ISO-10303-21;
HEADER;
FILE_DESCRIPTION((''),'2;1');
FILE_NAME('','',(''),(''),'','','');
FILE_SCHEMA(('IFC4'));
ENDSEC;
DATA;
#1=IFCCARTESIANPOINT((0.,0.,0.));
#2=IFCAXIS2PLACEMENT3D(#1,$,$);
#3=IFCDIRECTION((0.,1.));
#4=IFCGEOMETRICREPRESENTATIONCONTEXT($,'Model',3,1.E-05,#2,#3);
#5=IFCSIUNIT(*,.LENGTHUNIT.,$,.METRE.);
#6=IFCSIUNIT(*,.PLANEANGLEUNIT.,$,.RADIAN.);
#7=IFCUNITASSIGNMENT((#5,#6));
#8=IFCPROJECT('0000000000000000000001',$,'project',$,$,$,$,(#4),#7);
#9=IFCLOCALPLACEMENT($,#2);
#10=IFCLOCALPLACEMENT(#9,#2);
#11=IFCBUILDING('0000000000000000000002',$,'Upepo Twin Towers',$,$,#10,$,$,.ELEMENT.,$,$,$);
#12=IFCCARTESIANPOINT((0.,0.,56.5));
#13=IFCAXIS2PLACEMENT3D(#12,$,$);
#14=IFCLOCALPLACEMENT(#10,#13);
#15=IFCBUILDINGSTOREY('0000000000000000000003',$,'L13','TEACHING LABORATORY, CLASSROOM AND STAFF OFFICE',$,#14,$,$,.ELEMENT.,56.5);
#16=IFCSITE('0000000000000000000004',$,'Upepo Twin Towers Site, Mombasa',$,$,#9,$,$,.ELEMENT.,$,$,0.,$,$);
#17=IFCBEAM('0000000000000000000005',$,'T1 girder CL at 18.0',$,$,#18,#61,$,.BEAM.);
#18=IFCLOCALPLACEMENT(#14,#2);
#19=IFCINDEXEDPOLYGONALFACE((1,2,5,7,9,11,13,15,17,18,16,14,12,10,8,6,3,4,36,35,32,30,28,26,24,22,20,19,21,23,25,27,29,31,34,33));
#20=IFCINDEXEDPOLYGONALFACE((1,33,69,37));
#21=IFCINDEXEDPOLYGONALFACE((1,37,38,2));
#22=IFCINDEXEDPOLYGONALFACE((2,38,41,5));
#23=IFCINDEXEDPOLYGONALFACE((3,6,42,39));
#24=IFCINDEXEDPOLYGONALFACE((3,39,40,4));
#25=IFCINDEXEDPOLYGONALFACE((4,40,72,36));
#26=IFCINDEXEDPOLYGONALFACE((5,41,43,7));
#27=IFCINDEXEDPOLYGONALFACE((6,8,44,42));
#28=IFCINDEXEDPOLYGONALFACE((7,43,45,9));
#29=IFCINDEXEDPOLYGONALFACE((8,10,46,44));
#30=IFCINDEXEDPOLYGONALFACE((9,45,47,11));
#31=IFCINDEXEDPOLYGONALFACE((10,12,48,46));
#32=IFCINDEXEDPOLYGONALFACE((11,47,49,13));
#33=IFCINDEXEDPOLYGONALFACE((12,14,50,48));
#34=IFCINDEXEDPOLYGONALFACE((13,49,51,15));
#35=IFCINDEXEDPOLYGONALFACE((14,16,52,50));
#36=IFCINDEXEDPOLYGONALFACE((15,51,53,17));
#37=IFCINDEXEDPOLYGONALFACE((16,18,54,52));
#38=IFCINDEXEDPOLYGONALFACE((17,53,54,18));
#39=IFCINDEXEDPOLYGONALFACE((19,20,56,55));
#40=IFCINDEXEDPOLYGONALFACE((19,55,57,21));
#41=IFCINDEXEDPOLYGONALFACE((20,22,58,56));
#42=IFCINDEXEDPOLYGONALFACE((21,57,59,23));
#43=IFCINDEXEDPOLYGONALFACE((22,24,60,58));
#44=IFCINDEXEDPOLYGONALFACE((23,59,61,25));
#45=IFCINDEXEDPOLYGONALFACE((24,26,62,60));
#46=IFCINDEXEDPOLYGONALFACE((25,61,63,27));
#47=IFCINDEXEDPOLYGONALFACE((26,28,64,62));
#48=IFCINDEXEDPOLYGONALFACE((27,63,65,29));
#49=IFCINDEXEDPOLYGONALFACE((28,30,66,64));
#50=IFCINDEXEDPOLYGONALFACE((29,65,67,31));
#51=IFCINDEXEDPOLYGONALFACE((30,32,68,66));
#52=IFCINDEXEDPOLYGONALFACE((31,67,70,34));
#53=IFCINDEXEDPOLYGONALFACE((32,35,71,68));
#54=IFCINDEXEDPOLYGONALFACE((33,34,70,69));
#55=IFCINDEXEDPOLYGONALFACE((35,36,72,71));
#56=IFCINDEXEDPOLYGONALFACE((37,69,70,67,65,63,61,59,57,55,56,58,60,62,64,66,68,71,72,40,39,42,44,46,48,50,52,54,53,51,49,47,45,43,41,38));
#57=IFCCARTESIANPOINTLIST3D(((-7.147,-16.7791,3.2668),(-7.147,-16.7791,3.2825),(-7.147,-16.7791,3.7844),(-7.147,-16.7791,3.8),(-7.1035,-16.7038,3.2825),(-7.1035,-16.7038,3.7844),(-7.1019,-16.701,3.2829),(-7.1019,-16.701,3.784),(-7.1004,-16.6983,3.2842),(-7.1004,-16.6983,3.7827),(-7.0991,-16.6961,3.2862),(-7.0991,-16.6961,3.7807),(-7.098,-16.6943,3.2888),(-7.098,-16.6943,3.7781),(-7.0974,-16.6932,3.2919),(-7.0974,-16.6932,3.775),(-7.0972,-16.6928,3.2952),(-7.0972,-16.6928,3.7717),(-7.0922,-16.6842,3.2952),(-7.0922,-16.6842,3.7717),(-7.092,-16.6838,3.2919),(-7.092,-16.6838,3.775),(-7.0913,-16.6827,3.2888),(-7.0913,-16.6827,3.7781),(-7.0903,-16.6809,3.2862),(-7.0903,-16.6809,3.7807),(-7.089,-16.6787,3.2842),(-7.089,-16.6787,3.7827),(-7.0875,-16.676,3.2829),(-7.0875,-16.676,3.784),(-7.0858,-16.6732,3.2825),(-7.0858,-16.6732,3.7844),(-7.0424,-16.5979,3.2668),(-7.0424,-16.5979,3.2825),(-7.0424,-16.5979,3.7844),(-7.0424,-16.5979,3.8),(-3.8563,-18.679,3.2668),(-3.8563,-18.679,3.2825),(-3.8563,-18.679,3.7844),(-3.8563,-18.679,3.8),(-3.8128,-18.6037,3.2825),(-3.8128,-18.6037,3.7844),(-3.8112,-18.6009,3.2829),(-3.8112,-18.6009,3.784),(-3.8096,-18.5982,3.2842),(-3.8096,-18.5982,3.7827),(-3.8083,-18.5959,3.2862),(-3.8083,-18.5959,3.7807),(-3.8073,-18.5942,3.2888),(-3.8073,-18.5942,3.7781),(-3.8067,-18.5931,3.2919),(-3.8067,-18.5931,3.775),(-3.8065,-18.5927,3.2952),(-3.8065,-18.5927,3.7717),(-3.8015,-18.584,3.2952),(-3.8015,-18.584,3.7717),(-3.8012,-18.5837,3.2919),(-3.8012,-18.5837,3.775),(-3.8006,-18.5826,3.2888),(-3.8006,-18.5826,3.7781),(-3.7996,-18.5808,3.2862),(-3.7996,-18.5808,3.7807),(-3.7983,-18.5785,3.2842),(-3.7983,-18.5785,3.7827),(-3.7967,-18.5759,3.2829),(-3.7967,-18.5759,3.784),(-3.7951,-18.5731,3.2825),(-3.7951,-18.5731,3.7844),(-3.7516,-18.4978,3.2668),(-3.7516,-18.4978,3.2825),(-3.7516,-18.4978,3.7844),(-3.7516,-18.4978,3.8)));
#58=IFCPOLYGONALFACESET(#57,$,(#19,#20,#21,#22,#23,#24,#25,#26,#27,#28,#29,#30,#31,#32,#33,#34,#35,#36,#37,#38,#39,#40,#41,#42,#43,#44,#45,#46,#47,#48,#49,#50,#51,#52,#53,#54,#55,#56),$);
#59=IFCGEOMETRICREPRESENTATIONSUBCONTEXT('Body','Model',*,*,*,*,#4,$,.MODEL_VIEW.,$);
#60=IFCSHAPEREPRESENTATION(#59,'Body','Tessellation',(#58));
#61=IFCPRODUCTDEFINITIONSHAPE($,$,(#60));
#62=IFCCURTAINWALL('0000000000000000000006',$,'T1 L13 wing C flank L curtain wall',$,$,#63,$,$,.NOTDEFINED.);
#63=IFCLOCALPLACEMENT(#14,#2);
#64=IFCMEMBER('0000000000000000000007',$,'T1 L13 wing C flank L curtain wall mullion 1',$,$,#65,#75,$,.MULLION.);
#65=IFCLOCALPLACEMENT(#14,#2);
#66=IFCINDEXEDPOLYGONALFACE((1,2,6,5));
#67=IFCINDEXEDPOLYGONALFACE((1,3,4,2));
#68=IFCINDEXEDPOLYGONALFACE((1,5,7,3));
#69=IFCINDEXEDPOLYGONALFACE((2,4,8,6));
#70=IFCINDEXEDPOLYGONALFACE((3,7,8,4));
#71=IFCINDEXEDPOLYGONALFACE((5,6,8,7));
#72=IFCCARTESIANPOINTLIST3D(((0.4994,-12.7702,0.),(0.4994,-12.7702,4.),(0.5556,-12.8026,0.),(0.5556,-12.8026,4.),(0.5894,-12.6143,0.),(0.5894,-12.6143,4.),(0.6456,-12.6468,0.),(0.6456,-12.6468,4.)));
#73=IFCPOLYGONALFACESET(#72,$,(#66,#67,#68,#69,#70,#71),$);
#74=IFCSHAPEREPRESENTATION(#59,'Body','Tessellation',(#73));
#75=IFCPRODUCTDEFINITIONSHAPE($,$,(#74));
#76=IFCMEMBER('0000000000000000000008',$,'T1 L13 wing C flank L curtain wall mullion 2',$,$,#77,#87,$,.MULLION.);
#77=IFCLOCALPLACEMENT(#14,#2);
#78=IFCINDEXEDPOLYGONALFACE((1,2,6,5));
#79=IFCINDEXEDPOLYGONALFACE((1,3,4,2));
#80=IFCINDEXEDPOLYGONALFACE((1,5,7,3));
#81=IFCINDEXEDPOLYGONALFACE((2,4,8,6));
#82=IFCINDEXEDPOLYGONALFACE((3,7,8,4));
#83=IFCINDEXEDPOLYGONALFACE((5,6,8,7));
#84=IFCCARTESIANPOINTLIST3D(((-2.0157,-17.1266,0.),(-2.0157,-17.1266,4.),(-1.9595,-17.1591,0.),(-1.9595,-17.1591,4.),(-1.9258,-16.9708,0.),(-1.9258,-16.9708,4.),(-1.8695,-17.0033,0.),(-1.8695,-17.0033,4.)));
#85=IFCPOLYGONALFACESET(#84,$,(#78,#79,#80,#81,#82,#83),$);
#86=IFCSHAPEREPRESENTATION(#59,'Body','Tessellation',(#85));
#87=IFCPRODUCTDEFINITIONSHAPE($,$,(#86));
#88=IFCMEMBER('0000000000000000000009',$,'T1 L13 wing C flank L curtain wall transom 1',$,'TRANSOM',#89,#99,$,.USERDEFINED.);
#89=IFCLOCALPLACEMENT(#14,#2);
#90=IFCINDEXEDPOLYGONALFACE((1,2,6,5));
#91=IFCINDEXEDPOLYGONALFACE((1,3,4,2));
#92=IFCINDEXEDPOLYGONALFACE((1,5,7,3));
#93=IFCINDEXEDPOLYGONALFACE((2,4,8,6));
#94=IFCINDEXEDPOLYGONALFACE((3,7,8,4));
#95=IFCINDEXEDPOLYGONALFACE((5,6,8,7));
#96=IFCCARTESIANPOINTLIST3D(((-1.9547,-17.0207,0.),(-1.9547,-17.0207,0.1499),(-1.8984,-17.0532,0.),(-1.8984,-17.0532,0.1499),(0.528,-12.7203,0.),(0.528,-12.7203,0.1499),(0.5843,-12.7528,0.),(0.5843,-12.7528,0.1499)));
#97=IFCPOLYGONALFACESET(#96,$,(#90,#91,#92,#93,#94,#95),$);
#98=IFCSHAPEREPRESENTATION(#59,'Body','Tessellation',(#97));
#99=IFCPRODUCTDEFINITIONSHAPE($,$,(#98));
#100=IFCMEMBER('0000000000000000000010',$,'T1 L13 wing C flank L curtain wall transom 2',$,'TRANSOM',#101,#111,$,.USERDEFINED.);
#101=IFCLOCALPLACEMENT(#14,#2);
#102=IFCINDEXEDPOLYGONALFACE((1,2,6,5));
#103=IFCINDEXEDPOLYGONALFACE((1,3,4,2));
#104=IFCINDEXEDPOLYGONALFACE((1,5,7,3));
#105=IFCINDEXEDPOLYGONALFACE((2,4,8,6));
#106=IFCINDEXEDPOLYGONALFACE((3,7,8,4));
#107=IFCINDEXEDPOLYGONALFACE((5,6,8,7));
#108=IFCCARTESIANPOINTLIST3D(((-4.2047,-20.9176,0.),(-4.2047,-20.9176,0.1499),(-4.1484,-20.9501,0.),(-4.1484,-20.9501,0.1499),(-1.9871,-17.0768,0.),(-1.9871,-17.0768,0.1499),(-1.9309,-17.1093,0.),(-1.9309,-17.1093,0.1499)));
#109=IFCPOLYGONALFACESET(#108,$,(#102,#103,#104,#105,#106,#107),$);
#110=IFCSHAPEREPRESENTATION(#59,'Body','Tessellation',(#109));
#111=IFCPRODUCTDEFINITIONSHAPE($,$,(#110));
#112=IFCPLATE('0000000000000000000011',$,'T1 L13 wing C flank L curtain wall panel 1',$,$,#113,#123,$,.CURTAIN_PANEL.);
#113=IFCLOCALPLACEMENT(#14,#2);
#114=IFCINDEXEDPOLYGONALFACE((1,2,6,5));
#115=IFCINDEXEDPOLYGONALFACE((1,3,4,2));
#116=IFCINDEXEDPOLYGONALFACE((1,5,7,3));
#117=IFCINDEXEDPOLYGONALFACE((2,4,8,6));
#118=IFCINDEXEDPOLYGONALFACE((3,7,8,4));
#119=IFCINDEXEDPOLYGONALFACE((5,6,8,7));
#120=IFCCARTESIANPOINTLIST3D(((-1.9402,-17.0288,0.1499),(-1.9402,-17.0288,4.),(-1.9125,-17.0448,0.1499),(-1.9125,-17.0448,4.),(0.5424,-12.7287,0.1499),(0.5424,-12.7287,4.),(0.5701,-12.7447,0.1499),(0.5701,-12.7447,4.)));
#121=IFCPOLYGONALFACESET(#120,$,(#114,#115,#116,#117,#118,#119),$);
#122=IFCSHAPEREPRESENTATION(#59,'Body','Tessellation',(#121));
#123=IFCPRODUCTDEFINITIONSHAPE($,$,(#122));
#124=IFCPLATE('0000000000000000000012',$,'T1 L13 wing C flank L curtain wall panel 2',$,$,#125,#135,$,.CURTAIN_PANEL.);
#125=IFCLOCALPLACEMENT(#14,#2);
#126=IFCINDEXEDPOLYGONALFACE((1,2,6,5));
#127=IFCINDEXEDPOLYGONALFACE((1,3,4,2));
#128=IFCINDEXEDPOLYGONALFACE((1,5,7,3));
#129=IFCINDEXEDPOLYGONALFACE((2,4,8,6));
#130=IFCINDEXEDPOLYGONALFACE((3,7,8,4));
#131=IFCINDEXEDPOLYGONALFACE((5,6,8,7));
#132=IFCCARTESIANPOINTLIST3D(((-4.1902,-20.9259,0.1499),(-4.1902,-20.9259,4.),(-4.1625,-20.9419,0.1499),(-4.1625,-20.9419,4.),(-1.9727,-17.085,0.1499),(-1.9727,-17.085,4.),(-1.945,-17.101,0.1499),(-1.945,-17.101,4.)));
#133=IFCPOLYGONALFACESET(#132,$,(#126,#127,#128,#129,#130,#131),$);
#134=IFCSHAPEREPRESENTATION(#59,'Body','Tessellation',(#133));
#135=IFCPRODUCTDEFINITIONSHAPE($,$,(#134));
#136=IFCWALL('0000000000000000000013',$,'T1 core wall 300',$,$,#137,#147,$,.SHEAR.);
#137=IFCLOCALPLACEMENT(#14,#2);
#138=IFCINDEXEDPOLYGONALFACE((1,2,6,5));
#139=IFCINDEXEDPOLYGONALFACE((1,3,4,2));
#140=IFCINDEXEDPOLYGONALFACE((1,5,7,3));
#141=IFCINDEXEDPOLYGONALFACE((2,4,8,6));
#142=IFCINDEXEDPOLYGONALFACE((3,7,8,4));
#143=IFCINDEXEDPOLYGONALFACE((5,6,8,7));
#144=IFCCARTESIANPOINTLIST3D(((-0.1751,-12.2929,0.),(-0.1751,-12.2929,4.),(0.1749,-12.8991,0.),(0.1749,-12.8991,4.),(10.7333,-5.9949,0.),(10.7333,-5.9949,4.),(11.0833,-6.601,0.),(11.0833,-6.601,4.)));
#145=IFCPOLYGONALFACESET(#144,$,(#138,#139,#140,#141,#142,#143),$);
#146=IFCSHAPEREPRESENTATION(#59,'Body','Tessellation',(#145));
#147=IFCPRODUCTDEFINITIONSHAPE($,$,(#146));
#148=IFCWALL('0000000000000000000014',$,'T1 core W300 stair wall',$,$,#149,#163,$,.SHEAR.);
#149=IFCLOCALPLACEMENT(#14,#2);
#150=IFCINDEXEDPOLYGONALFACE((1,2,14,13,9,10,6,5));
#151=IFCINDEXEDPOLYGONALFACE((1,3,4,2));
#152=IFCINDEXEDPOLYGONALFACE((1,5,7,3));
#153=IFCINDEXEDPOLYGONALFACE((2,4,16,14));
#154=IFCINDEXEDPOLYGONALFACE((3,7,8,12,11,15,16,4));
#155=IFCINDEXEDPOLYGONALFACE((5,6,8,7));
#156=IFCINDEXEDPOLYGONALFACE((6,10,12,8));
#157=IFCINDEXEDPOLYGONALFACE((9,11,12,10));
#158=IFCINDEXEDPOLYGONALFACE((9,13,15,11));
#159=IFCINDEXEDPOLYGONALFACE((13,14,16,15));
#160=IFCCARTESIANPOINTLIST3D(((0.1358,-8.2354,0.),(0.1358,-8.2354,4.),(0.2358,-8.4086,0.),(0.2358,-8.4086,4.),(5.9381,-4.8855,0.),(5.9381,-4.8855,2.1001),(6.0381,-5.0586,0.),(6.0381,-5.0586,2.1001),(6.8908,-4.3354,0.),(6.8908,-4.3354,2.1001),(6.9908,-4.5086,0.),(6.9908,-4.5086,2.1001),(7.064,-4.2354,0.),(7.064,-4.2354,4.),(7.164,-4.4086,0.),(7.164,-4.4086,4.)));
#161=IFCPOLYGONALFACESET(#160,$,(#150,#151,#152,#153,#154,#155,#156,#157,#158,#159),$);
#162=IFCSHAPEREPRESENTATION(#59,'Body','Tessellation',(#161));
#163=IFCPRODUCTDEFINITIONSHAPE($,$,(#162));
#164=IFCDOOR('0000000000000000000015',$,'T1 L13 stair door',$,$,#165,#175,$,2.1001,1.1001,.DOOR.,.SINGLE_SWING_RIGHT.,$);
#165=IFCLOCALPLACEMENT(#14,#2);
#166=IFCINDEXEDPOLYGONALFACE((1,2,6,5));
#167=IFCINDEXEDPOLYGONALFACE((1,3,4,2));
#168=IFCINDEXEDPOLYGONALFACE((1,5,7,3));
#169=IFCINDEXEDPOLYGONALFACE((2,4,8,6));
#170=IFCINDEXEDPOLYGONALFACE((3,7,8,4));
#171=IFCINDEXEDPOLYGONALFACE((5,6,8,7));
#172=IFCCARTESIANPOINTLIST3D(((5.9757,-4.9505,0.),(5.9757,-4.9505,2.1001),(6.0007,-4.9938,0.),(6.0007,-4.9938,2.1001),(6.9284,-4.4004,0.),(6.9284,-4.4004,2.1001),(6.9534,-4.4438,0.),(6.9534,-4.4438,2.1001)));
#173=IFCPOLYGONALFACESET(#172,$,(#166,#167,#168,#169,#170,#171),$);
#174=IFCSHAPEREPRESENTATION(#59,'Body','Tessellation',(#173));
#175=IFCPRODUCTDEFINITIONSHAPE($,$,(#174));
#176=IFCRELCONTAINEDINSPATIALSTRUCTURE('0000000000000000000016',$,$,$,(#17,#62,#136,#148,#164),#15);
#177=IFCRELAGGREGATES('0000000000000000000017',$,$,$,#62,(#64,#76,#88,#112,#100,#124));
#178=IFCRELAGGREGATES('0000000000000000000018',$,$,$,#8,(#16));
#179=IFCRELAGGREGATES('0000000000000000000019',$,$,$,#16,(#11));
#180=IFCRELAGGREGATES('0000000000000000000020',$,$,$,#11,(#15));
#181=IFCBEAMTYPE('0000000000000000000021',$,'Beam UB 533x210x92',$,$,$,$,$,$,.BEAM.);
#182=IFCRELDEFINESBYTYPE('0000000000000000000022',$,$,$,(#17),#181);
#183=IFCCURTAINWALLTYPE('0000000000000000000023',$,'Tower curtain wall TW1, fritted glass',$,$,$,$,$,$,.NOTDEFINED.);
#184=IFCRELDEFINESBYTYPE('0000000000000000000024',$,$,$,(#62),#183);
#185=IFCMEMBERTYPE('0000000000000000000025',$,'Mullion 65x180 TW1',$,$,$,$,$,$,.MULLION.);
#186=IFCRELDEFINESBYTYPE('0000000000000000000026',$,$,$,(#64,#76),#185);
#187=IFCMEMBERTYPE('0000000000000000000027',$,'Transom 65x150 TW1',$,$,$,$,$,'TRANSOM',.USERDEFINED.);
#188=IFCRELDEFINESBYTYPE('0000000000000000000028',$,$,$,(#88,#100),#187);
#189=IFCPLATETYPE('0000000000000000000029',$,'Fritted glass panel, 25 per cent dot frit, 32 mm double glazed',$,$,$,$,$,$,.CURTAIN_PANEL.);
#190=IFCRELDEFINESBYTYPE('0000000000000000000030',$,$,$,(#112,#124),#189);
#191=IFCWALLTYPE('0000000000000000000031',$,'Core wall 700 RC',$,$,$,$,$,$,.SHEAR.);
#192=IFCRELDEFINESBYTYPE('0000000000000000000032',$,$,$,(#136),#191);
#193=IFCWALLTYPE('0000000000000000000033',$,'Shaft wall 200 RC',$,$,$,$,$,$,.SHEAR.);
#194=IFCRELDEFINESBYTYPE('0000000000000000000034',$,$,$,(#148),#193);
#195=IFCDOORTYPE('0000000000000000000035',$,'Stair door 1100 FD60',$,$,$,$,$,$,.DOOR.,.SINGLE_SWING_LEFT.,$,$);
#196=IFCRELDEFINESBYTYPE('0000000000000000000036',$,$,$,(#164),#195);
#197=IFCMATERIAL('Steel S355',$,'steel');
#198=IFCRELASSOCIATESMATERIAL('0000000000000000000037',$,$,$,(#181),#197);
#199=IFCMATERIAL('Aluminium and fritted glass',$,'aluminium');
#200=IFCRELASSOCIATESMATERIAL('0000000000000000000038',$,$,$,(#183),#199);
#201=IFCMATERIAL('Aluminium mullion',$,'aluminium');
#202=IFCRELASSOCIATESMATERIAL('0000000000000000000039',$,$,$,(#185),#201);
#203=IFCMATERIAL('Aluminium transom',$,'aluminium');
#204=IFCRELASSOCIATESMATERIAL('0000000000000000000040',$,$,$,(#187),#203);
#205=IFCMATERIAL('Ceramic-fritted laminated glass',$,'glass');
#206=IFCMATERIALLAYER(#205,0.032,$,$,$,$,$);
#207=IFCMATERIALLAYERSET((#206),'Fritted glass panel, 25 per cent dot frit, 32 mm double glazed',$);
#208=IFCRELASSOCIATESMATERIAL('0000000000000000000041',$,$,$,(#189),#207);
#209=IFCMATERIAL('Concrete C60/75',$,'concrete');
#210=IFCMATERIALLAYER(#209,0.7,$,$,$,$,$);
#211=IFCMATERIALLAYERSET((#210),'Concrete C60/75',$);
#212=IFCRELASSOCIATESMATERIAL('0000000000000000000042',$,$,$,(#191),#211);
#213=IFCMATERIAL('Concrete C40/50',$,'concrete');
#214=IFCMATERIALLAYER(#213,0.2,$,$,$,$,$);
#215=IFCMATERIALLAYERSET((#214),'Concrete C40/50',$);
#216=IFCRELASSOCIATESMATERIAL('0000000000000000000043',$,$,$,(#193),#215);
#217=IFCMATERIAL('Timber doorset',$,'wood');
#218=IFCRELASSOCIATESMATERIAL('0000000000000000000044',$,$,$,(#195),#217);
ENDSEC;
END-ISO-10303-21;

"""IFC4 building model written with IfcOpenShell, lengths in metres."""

from ifc_helpers import new_model, si_unit, direction, frame, frame_2d, origin, origin_2d, place, context, subcontext, project, spatial, rectangle, i_section, extrude, material, layer, layer_set, material_profile, profile_set, type_object, element, fill, aggregate, save


model = new_model("IFC4")

# Units and contexts
model_context = context("Model", 3, precision=1e-05, world=origin(), true_north=direction((0.0, 1.0)))
body_context = subcontext(model_context, "Body", "Model", "MODEL_VIEW")
ifc_project = project(units=[si_unit("LENGTHUNIT", "METRE"), si_unit("PLANEANGLEUNIT", "RADIAN")], contexts=[model_context])

# Site, building, storey
site_placement = place(None, origin())
site = spatial("IfcSite", under=ifc_project, at=site_placement, Name="Upepo Twin Towers Site, Mombasa", CompositionType="ELEMENT", RefElevation=0.0)
building_placement = place(site_placement, origin())
building = spatial("IfcBuilding", under=site, at=building_placement, Name="Upepo Twin Towers", CompositionType="ELEMENT")
storey_placement = place(building_placement, frame((0.0, 0.0, 56.5)))
storey = spatial("IfcBuildingStorey", under=building, at=storey_placement, Name="L13", Description="TEACHING LABORATORY, CLASSROOM AND STAFF OFFICE", CompositionType="ELEMENT", Elevation=56.5)

# Beam
ifc_material_1 = material(Name="Steel S355", Category="steel")
ifc_material_profile_1 = material_profile(ifc_material_1, i_section(OverallWidth=0.2092, OverallDepth=0.5332, WebThickness=0.01, FlangeThickness=0.0156, FilletRadius=0.0127, at=origin_2d()), Name="UB 533x210x92")
ifc_profile_set_1 = profile_set([ifc_material_profile_1], Name="Steel S355")
beam_type_1 = type_object("IfcBeamType", Name="Beam UB 533x210x92", PredefinedType="BEAM", material=ifc_profile_set_1)
beam_1_placement = place(storey_placement, frame((-3.804, -18.5884, 3.5334), z_axis=(-0.866028, 0.499995, 0.0), x_axis=(-0.499995, -0.866028, 0.0)))
element("IfcBeam", 1, at=beam_1_placement, inside=storey, type_object=beam_type_1, Name="T1 girder CL at 18.0", PredefinedType="BEAM", context=body_context, shape_type="SweptSolid", body=[
    extrude(i_section(OverallWidth=0.2092, OverallDepth=0.5332, WebThickness=0.01, FlangeThickness=0.0156, FilletRadius=0.0127, at=origin_2d()), origin(), (0.0, 0.0, 1.0), 3.7998),
])

# Curtain wall, members, plates
ifc_material_2 = material(Name="Aluminium and fritted glass", Category="aluminium")
curtain_wall_type = type_object("IfcCurtainWallType", Name="Tower curtain wall TW1, fritted glass", PredefinedType="NOTDEFINED", material=ifc_material_2)
curtain_wall_placement = place(storey_placement, origin())
curtain_wall = element("IfcCurtainWall", 2, at=curtain_wall_placement, inside=storey, type_object=curtain_wall_type, Name="T1 L13 wing C flank L curtain wall", PredefinedType="NOTDEFINED")
ifc_material_3 = material(Name="Aluminium mullion", Category="aluminium")
ifc_material_profile_2 = material_profile(ifc_material_3, rectangle(XDim=0.0649, YDim=0.1799, at=origin_2d()), Name="MULLION 65x180")
ifc_profile_set_2 = profile_set([ifc_material_profile_2], Name="Aluminium mullion")
member_type_1 = type_object("IfcMemberType", Name="Mullion 65x180 TW1", PredefinedType="MULLION", material=ifc_profile_set_2)
member_1_placement = place(storey_placement, frame((0.5725, -12.7085, 0.0), z_axis=(0.0, 0.0, 1.0), x_axis=(0.866025, -0.5, 0.0)))
member_1 = element("IfcMember", 3, at=member_1_placement, type_object=member_type_1, Name="T1 L13 wing C flank L curtain wall mullion 1", PredefinedType="MULLION", context=body_context, shape_type="SweptSolid", body=[
    extrude(rectangle(XDim=0.0649, YDim=0.1799, at=origin_2d()), origin(), (0.0, 0.0, 1.0), 4.0),
])
member_2_placement = place(storey_placement, frame((-1.9426, -17.0649, 0.0), z_axis=(0.0, 0.0, 1.0), x_axis=(0.866025, -0.5, 0.0)))
member_2 = element("IfcMember", 4, at=member_2_placement, type_object=member_type_1, Name="T1 L13 wing C flank L curtain wall mullion 2", PredefinedType="MULLION", context=body_context, shape_type="SweptSolid", body=[
    extrude(rectangle(XDim=0.0649, YDim=0.1799, at=origin_2d()), origin(), (0.0, 0.0, 1.0), 4.0),
])
ifc_material_4 = material(Name="Aluminium transom", Category="aluminium")
ifc_material_profile_3 = material_profile(ifc_material_4, rectangle(XDim=0.0649, YDim=0.1499, at=origin_2d()), Name="TRANSOM 65x150")
ifc_profile_set_3 = profile_set([ifc_material_profile_3], Name="Aluminium transom")
member_type_2 = type_object("IfcMemberType", Name="Transom 65x150 TW1", ElementType="TRANSOM", PredefinedType="USERDEFINED", material=ifc_profile_set_3)
member_3_placement = place(storey_placement, frame((0.5562, -12.7366, 0.075), z_axis=(-0.499983, -0.866035, 0.0), x_axis=(0.866035, -0.499983, 0.0)))
member_3 = element("IfcMember", 5, at=member_3_placement, type_object=member_type_2, Name="T1 L13 wing C flank L curtain wall transom 1", ObjectType="TRANSOM", PredefinedType="USERDEFINED", context=body_context, shape_type="SweptSolid", body=[
    extrude(rectangle(XDim=0.0649, YDim=0.1499, at=origin_2d()), origin(), (0.0, 0.0, 1.0), 4.9656),
])
member_4_placement = place(storey_placement, frame((-1.959, -17.093, 0.075), z_axis=(-0.500005, -0.866022, 0.0), x_axis=(0.866022, -0.500005, 0.0)))
member_4 = element("IfcMember", 6, at=member_4_placement, type_object=member_type_2, Name="T1 L13 wing C flank L curtain wall transom 2", ObjectType="TRANSOM", PredefinedType="USERDEFINED", context=body_context, shape_type="SweptSolid", body=[
    extrude(rectangle(XDim=0.0649, YDim=0.1499, at=origin_2d()), origin(), (0.0, 0.0, 1.0), 4.4351),
])
ifc_material_5 = material(Name="Ceramic-fritted laminated glass", Category="glass")
ifc_layer_1 = layer(ifc_material_5, 0.032)
ifc_layer_set_1 = layer_set([ifc_layer_1], Name="Fritted glass panel, 25 per cent dot frit, 32 mm double glazed")
plate_type = type_object("IfcPlateType", Name="Fritted glass panel, 25 per cent dot frit, 32 mm double glazed", PredefinedType="CURTAIN_PANEL", material=ifc_layer_set_1)
plate_1_placement = place(storey_placement, frame((-0.6851, -14.8867, 0.1499), z_axis=(0.0, 0.0, 1.0), x_axis=(-0.5, -0.866025, 0.0)))
plate_1 = element("IfcPlate", 7, at=plate_1_placement, type_object=plate_type, Name="T1 L13 wing C flank L curtain wall panel 1", PredefinedType="CURTAIN_PANEL", context=body_context, shape_type="SweptSolid", body=[
    extrude(rectangle(XDim=4.9653, YDim=0.032, at=origin_2d()), origin(), (0.0, 0.0, 1.0), 3.8501),
])
plate_2_placement = place(storey_placement, frame((-3.0676, -19.0134, 0.1499), z_axis=(0.0, 0.0, 1.0), x_axis=(-0.5, -0.866025, 0.0)))
plate_2 = element("IfcPlate", 8, at=plate_2_placement, type_object=plate_type, Name="T1 L13 wing C flank L curtain wall panel 2", PredefinedType="CURTAIN_PANEL", context=body_context, shape_type="SweptSolid", body=[
    extrude(rectangle(XDim=4.4351, YDim=0.032, at=origin_2d()), origin(), (0.0, 0.0, 1.0), 3.8501),
])
aggregate(curtain_wall, [member_1, member_2, member_3, plate_1, member_4, plate_2])

# Wall
ifc_material_6 = material(Name="Concrete C60/75", Category="concrete")
ifc_layer_2 = layer(ifc_material_6, 0.7)
ifc_layer_set_2 = layer_set([ifc_layer_2], Name="Concrete C60/75")
wall_type_1 = type_object("IfcWallType", Name="Core wall 700 RC", PredefinedType="SHEAR", material=ifc_layer_set_2)
wall_1_placement = place(storey_placement, frame((0.0, -12.5959, 0.0), z_axis=(0.0, 0.0, 1.0), x_axis=(0.866022, 0.500006, 0.0)))
element("IfcWall", 9, at=wall_1_placement, inside=storey, type_object=wall_type_1, Name="T1 core wall 300", PredefinedType="SHEAR", context=body_context, shape_type="SweptSolid", body=[
    extrude(rectangle(XDim=12.5959, YDim=0.7, at=frame_2d((6.2979, 0.0))), origin(), (0.0, 0.0, 1.0), 4.0),
])

# Wall, opening, door
ifc_material_7 = material(Name="Concrete C40/50", Category="concrete")
ifc_layer_3 = layer(ifc_material_7, 0.2)
ifc_layer_set_3 = layer_set([ifc_layer_3], Name="Concrete C40/50")
wall_type_2 = type_object("IfcWallType", Name="Shaft wall 200 RC", PredefinedType="SHEAR", material=ifc_layer_set_3)
wall_2_placement = place(storey_placement, frame((0.1858, -8.322, 0.0), z_axis=(0.0, 0.0, 1.0), x_axis=(0.866026, 0.499999, 0.0)))
wall_2 = element("IfcWall", 10, at=wall_2_placement, inside=storey, type_object=wall_type_2, Name="T1 core W300 stair wall", PredefinedType="SHEAR", context=body_context, shape_type="SweptSolid", body=[
    extrude(rectangle(XDim=8.0, YDim=0.2, at=frame_2d((4.0, 0.0))), origin(), (0.0, 0.0, 1.0), 4.0),
])
opening_placement = place(wall_2_placement, frame((6.7, 0.0, 0.0)))
opening = element("IfcOpeningElement", 11, at=opening_placement, cuts=wall_2, PredefinedType="OPENING", context=body_context, shape_type="SweptSolid", body=[
    extrude(rectangle(XDim=1.1001, YDim=2.1001, at=frame_2d((0.55, 1.05))), frame((0.0, 0.1099, 0.0), z_axis=(0.0, -1.0, 0.0), x_axis=(1.0, 0.0, 0.0)), (0.0, 0.0, 1.0), 0.22),
])
ifc_material_8 = material(Name="Timber doorset", Category="wood")
door_type = type_object("IfcDoorType", Name="Stair door 1100 FD60", OperationType="SINGLE_SWING_LEFT", PredefinedType="DOOR", material=ifc_material_8)
door_placement = place(opening_placement, origin())
door = element("IfcDoor", 12, at=door_placement, inside=storey, type_object=door_type, Name="T1 L13 stair door", OperationType="SINGLE_SWING_RIGHT", OverallHeight=2.1001, OverallWidth=1.1001, PredefinedType="DOOR", context=body_context, shape_type="SweptSolid", body=[
    extrude(rectangle(XDim=1.1001, YDim=2.1001, at=frame_2d((0.55, 1.05))), frame((0.0, 0.0249, 0.0), z_axis=(0.0, -1.0, 0.0), x_axis=(1.0, 0.0, 0.0)), (0.0, 0.0, 1.0), 0.05),
])
fill(opening, door)

save(model, "model.ifc")
